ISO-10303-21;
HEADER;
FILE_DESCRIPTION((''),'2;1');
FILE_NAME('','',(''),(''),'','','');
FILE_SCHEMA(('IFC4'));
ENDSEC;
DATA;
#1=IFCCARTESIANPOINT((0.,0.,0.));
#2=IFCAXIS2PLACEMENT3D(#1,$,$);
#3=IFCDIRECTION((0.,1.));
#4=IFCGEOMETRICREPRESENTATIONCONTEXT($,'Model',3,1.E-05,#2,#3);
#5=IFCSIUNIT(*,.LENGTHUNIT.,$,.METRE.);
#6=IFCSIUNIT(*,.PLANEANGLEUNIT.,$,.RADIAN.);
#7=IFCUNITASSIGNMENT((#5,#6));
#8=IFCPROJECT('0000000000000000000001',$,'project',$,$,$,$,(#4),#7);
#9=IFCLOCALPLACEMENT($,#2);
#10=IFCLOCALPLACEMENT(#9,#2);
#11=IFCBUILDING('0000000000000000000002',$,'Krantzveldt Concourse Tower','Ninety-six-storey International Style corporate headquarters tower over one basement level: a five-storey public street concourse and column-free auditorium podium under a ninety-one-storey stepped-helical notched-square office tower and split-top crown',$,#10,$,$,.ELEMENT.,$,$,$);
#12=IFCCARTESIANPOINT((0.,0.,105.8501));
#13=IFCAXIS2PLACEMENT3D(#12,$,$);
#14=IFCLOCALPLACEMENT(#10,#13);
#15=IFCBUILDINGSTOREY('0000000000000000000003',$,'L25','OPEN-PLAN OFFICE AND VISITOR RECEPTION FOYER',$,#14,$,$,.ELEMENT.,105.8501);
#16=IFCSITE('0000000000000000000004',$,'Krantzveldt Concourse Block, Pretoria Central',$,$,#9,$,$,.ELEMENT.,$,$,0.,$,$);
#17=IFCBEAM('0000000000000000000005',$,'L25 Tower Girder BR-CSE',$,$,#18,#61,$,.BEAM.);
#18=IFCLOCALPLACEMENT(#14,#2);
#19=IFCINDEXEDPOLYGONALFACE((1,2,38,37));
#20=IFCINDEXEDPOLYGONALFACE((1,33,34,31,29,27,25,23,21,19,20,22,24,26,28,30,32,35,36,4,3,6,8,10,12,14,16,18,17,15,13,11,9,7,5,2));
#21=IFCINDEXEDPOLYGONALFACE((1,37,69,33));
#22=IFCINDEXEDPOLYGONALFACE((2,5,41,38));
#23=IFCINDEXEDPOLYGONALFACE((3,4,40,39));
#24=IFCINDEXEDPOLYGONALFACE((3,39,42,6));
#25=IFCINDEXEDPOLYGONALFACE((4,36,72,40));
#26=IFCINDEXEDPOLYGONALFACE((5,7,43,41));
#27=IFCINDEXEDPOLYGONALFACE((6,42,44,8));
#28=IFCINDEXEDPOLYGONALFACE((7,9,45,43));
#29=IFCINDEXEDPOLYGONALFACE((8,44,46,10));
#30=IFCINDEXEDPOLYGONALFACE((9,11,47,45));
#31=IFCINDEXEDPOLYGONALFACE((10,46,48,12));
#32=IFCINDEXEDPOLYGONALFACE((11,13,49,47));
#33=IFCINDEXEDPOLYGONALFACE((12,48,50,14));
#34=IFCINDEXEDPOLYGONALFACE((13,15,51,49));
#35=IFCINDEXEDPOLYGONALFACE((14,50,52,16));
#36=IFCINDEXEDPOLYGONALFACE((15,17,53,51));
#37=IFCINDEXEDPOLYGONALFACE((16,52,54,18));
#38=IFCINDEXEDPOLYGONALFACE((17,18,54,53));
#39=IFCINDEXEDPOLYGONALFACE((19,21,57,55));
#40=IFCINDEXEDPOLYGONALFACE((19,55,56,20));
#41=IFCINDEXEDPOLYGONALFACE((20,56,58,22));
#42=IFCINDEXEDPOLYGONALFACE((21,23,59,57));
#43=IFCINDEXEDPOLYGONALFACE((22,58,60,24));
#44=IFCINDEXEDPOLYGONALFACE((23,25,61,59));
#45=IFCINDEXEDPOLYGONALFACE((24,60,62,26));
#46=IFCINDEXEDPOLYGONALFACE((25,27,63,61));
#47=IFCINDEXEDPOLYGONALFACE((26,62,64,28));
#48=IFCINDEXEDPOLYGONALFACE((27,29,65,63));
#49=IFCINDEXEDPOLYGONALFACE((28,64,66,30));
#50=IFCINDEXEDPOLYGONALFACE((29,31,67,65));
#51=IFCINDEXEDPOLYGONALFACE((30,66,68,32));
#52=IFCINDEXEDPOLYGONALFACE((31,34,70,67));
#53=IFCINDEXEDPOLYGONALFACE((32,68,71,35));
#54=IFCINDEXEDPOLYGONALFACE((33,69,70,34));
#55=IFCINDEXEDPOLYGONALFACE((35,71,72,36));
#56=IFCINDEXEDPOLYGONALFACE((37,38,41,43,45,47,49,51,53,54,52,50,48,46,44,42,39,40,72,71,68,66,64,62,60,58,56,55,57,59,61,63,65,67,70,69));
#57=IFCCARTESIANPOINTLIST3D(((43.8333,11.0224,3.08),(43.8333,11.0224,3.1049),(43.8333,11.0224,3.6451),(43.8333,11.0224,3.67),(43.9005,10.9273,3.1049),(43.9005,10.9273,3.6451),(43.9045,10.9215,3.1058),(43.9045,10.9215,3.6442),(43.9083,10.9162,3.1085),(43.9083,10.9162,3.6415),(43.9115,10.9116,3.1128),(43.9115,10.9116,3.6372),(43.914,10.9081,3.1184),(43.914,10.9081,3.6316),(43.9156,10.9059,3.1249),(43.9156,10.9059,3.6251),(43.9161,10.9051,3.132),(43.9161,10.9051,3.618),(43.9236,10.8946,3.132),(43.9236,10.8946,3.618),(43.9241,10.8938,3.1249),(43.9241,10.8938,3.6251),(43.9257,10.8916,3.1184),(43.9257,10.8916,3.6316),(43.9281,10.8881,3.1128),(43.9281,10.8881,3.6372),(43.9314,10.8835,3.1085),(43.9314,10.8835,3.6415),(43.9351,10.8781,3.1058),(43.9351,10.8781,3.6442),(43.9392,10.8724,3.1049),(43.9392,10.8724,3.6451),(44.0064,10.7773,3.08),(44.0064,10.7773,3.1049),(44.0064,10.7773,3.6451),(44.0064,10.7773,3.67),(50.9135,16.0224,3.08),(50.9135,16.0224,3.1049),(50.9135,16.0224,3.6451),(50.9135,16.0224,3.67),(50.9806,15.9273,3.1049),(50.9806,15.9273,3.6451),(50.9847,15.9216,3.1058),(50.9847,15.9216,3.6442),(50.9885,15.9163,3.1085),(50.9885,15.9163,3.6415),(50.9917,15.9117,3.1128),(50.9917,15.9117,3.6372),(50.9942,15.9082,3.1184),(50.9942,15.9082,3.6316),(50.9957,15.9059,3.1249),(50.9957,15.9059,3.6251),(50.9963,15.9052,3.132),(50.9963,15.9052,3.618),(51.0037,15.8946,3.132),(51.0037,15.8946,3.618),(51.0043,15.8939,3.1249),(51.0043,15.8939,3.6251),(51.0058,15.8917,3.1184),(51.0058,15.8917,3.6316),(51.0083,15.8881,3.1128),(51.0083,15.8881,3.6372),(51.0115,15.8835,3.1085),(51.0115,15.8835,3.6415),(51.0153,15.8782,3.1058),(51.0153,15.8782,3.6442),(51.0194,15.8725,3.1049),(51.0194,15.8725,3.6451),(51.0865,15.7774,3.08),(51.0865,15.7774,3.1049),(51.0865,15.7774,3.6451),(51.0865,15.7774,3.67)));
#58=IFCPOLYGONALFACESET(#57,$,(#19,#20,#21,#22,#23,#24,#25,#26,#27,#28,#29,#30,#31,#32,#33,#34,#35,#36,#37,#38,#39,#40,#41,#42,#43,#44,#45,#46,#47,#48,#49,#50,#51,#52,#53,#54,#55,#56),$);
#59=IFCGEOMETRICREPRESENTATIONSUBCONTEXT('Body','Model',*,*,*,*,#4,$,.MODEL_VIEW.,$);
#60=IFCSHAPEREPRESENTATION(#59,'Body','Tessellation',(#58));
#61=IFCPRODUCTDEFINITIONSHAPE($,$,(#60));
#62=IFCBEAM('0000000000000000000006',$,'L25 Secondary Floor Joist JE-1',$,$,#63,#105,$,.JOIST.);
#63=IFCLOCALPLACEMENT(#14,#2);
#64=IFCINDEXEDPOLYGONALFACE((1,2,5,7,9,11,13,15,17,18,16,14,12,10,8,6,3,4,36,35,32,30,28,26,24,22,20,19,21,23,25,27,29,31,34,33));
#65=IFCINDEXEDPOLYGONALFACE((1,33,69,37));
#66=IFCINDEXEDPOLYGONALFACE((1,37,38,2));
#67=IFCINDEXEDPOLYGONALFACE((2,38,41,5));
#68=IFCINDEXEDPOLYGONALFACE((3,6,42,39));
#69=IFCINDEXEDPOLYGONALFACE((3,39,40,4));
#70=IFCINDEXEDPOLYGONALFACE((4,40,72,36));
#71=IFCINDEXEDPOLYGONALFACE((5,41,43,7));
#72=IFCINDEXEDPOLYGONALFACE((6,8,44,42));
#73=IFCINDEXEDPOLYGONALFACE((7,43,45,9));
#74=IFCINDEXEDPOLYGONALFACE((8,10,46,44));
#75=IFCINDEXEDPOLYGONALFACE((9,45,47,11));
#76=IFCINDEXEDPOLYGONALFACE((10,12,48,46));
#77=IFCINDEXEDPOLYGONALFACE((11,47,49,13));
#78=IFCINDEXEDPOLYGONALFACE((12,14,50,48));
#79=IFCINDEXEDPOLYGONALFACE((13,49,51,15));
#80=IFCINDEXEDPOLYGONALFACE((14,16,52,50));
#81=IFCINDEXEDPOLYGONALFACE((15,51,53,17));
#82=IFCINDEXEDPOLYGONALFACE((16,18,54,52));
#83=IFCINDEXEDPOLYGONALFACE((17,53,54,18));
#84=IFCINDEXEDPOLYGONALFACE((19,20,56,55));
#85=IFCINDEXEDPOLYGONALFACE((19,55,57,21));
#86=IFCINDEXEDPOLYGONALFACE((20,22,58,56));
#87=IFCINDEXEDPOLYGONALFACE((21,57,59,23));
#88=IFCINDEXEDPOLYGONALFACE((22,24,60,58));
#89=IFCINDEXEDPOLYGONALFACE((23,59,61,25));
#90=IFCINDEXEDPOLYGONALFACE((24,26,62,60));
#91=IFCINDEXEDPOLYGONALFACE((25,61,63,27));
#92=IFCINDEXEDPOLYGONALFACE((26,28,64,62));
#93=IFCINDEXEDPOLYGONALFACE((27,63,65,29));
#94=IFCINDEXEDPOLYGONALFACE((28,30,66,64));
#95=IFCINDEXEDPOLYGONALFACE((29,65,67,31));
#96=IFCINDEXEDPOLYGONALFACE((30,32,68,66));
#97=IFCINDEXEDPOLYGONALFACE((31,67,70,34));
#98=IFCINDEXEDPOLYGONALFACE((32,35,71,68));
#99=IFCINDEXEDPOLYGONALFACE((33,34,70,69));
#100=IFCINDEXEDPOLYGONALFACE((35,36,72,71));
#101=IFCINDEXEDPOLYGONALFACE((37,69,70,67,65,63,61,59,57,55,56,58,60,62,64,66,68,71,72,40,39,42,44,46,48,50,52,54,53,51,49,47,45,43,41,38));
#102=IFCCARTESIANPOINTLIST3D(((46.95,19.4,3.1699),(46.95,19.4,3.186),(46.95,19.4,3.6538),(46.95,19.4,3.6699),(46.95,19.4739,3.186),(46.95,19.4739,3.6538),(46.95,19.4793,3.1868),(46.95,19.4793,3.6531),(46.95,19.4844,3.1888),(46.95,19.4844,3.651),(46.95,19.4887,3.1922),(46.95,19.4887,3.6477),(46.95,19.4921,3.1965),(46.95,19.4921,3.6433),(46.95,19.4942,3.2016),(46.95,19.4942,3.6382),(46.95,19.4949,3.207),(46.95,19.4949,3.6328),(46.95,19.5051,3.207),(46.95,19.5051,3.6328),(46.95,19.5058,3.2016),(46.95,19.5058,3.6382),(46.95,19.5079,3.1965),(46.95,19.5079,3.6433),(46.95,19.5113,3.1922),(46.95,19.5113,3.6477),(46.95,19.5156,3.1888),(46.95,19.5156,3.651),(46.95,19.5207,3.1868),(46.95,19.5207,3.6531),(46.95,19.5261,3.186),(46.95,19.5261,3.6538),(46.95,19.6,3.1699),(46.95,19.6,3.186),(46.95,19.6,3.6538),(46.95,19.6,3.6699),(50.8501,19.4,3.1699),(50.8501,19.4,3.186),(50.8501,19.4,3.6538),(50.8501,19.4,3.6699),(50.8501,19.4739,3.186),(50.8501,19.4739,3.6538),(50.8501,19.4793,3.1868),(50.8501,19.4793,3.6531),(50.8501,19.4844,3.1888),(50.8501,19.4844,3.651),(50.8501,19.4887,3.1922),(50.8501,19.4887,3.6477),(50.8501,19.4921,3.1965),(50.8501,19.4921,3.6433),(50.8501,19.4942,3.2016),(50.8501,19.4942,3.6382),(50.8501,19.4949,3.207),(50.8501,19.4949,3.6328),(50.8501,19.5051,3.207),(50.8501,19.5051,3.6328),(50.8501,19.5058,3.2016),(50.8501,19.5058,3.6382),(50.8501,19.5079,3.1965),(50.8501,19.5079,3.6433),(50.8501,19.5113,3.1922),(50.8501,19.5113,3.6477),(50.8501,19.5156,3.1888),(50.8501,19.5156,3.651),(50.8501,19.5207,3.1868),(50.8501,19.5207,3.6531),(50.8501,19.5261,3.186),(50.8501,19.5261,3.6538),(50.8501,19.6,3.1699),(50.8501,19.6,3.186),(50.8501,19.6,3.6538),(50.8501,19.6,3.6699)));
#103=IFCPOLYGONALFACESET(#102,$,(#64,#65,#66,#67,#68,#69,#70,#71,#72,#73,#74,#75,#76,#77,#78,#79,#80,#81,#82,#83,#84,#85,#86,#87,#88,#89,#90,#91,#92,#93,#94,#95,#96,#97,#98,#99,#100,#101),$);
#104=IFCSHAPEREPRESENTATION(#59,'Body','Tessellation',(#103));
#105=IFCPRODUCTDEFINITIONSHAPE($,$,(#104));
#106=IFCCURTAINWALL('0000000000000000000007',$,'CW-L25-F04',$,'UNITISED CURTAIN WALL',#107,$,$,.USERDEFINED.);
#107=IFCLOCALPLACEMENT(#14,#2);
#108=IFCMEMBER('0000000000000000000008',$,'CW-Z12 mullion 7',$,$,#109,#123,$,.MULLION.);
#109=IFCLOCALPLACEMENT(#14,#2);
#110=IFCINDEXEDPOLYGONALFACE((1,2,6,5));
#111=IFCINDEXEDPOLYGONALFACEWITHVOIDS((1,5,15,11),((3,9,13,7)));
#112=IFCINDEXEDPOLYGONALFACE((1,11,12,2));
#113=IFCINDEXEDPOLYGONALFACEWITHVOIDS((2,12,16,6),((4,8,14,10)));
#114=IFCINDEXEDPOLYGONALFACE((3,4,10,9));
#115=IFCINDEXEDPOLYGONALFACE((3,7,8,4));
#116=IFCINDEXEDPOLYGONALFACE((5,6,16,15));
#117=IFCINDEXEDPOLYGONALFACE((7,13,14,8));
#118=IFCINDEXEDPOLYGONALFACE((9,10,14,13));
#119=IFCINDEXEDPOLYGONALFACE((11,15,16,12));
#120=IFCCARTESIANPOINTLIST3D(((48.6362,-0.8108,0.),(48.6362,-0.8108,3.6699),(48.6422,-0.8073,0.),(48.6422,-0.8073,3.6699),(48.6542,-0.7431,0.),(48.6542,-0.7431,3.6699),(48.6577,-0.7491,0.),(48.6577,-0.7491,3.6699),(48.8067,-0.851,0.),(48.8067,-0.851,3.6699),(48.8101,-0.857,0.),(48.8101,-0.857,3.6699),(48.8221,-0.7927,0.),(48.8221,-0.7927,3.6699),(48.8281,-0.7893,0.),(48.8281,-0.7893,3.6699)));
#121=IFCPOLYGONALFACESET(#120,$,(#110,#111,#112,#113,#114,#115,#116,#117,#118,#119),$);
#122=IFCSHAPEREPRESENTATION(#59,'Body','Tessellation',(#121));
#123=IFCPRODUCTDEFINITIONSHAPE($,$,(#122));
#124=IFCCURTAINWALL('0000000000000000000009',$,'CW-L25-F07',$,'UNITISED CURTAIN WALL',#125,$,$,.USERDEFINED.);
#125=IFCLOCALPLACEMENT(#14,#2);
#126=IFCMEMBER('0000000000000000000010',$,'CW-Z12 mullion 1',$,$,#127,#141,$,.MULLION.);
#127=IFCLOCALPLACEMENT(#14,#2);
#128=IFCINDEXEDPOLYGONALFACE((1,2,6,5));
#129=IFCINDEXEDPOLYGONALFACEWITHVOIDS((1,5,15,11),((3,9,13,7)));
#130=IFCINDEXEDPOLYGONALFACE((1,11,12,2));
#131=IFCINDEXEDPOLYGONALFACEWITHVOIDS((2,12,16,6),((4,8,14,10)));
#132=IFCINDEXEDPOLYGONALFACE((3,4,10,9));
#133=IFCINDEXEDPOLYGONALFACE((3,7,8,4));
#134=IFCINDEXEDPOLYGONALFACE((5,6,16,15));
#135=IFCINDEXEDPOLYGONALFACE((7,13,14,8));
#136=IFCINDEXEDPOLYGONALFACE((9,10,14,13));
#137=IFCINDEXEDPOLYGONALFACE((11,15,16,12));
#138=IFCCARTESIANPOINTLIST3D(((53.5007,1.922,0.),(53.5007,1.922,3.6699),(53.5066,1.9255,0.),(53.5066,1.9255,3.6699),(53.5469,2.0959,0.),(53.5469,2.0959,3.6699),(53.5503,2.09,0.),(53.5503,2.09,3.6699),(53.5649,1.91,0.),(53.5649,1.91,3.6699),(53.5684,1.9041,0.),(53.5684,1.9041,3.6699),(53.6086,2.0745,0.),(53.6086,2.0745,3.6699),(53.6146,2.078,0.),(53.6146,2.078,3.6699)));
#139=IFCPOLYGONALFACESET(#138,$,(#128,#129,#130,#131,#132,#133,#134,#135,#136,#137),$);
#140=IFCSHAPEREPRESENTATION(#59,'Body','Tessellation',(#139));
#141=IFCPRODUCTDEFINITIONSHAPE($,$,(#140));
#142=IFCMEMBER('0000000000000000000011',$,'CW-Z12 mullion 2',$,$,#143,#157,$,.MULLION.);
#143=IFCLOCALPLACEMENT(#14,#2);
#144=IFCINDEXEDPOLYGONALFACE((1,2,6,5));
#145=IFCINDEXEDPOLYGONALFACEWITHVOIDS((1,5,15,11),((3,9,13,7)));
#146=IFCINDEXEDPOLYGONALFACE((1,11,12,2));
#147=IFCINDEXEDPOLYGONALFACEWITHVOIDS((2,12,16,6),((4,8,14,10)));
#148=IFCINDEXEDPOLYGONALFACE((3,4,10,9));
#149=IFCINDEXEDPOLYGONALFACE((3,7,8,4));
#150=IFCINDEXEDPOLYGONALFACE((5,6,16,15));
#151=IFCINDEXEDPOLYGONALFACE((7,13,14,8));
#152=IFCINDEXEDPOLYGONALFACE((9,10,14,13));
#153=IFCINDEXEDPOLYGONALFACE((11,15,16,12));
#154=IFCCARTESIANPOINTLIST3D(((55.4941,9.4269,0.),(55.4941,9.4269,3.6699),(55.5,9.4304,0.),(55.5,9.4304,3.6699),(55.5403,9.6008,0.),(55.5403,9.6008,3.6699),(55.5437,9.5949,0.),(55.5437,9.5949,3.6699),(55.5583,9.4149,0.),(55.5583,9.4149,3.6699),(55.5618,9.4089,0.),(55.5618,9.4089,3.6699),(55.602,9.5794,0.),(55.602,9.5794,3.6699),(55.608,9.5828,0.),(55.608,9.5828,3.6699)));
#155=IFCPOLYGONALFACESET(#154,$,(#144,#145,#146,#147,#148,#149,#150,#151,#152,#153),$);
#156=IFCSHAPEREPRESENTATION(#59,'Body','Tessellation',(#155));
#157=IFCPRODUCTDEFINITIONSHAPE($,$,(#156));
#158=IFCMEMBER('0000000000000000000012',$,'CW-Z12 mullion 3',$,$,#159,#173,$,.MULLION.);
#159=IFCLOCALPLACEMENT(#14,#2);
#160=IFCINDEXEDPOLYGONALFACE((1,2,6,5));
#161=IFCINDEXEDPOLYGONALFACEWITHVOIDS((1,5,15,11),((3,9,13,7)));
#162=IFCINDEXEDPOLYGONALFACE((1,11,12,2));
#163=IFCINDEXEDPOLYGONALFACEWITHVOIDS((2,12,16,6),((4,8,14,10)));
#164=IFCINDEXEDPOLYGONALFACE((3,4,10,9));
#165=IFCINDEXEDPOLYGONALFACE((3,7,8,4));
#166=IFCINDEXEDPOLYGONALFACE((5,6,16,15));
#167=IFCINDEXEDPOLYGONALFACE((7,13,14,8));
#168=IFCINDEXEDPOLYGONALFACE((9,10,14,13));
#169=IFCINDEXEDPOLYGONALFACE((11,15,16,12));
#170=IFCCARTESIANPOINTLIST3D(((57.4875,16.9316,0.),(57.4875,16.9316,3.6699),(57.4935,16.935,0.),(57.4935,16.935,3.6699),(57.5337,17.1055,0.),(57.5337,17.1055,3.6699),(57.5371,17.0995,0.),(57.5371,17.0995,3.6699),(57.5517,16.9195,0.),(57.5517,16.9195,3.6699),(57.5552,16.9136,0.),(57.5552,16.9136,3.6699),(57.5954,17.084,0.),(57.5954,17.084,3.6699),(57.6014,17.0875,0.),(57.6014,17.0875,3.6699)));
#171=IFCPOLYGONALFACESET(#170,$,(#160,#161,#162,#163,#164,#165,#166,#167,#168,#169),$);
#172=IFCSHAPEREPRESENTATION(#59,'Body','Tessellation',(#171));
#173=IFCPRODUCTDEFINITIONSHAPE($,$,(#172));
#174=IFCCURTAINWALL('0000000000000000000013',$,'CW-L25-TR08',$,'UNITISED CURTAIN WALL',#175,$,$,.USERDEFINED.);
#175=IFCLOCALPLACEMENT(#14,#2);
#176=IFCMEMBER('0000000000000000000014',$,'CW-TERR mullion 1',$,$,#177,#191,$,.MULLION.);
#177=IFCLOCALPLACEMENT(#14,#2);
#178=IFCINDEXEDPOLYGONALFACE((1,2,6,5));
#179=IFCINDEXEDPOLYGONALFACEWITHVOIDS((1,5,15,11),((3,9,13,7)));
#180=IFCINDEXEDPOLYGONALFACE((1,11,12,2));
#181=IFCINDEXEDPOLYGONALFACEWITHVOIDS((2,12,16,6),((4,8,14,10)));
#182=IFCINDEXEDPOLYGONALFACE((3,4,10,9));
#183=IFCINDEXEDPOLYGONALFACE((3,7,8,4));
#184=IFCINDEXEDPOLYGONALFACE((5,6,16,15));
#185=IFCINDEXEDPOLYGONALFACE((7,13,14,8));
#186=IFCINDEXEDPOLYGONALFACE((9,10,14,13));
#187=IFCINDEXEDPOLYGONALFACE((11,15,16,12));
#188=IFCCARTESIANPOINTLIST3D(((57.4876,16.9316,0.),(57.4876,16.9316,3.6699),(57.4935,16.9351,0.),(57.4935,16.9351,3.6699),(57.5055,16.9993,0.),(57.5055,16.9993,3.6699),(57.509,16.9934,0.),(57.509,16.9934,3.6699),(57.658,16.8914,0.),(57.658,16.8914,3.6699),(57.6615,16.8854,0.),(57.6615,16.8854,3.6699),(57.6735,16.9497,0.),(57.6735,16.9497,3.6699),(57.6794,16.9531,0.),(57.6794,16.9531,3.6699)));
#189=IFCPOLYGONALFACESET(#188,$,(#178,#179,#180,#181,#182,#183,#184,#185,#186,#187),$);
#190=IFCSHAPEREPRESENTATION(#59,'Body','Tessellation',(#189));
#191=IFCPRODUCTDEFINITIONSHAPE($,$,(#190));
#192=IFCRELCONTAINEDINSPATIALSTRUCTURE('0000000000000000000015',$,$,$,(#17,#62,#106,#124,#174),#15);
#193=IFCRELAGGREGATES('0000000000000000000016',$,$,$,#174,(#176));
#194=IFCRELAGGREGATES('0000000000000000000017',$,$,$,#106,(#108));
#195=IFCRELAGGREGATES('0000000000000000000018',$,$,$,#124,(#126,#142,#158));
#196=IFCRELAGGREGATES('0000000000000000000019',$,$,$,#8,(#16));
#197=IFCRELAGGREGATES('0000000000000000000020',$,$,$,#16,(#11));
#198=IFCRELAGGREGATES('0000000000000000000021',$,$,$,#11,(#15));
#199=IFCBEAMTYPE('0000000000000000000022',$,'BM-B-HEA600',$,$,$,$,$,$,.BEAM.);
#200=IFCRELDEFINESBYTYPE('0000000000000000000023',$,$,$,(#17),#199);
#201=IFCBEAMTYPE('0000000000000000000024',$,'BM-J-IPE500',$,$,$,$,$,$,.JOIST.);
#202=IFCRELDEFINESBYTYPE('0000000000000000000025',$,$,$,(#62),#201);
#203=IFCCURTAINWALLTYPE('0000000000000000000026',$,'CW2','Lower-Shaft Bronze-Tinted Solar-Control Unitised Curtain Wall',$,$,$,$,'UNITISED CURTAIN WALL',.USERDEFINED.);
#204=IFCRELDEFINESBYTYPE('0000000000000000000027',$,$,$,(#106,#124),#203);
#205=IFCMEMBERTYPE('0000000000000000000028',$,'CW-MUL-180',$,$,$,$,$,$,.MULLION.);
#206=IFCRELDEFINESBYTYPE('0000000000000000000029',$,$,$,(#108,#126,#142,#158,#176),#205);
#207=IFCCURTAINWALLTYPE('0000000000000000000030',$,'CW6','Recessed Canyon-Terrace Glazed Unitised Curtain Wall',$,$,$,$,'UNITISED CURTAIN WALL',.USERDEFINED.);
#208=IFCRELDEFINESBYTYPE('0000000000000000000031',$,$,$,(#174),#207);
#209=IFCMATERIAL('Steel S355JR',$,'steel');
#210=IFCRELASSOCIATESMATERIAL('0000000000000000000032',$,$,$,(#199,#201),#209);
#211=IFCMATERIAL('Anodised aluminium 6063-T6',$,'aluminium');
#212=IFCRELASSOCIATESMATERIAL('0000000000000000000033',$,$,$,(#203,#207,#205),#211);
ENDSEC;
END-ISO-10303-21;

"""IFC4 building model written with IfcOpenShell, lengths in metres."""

from ifc_helpers import new_model, si_unit, direction, frame, origin, origin_2d, place, context, subcontext, project, spatial, hollow_rectangle, i_section, extrude, source, transform, mapped, material, material_profile, profile_set, type_object, type_shapes, element, aggregate, save


model = new_model("IFC4")

# Units and contexts
model_context = context("Model", 3, precision=1e-05, world=origin(), true_north=direction((0.0, 1.0)))
body_context = subcontext(model_context, "Body", "Model", "MODEL_VIEW")
ifc_project = project(units=[si_unit("LENGTHUNIT", "METRE"), si_unit("PLANEANGLEUNIT", "RADIAN")], contexts=[model_context])

# Site, building, storey
site_placement = place(None, origin())
site = spatial("IfcSite", under=ifc_project, at=site_placement, Name="Krantzveldt Concourse Block, Pretoria Central", CompositionType="ELEMENT", RefElevation=0.0)
building_placement = place(site_placement, origin())
building = spatial("IfcBuilding", under=site, at=building_placement, Name="Krantzveldt Concourse Tower", Description="Ninety-six-storey International Style corporate headquarters tower over one basement level: a five-storey public street concourse and column-free auditorium podium under a ninety-one-storey stepped-helical notched-square office tower and split-top crown", CompositionType="ELEMENT")
storey_placement = place(building_placement, frame((0.0, 0.0, 105.8501)))
storey = spatial("IfcBuildingStorey", under=building, at=storey_placement, Name="L25", Description="OPEN-PLAN OFFICE AND VISITOR RECEPTION FOYER", CompositionType="ELEMENT", Elevation=105.8501)

# Beams
ifc_material_1 = material(Name="Steel S355JR", Category="steel")
ifc_material_profile_1 = material_profile(ifc_material_1, i_section(OverallWidth=0.3, OverallDepth=0.5901, WebThickness=0.0129, FlangeThickness=0.0249, FilletRadius=0.0271, at=origin_2d()), Name="Steel S355JR", Category="steel")
ifc_profile_set_1 = profile_set([ifc_material_profile_1], Name="Steel S355JR - HEA 600")
beam_type_1 = type_object("IfcBeamType", Name="BM-B-HEA600", PredefinedType="BEAM", material=ifc_profile_set_1)
shared_shape_1 = source(origin(), body_context, "Body", "SweptSolid", [
    extrude(i_section(OverallWidth=0.3, OverallDepth=0.5901, WebThickness=0.0129, FlangeThickness=0.0249, FilletRadius=0.0271, at=origin_2d()), origin(), (0.0, 0.0, 1.0), 8.6677),
])
beam_1_placement = place(storey_placement, frame((51.0, 15.8999, 3.375), z_axis=(-0.816843, -0.57686, 0.0), x_axis=(0.57686, -0.816843, 0.0)))
element("IfcBeam", 1, at=beam_1_placement, inside=storey, type_object=beam_type_1, Name="L25 Tower Girder BR-CSE", PredefinedType="BEAM", context=body_context, shape_type="MappedRepresentation", body=[
    mapped(shared_shape_1, transform((0.0, 0.0, 0.0), x_axis=(1.0, 0.0, 0.0), y_axis=(0.0, 1.0, 0.0), z_axis=(0.0, 0.0, 1.0), scale=1.0)),
])
ifc_material_profile_2 = material_profile(ifc_material_1, i_section(OverallWidth=0.2, OverallDepth=0.5, WebThickness=0.0103, FlangeThickness=0.0161, FilletRadius=0.021, at=origin_2d()), Name="Steel S355JR", Category="steel")
ifc_profile_set_2 = profile_set([ifc_material_profile_2], Name="Steel S355JR - IPE 500")
beam_type_2 = type_object("IfcBeamType", Name="BM-J-IPE500", PredefinedType="JOIST", material=ifc_profile_set_2)
shared_shape_2 = source(origin(), body_context, "Body", "SweptSolid", [
    extrude(i_section(OverallWidth=0.2, OverallDepth=0.5, WebThickness=0.0103, FlangeThickness=0.0161, FilletRadius=0.021, at=origin_2d()), origin(), (0.0, 0.0, 1.0), 3.9001),
])
type_shapes(beam_type_2, [shared_shape_2])
beam_2_placement = place(storey_placement, frame((46.95, 19.5, 3.4199), z_axis=(1.0, 0.0, 0.0), x_axis=(0.0, 1.0, 0.0)))
element("IfcBeam", 2, at=beam_2_placement, inside=storey, type_object=beam_type_2, Name="L25 Secondary Floor Joist JE-1", PredefinedType="JOIST", context=body_context, shape_type="MappedRepresentation", body=[
    mapped(shared_shape_2, transform((0.0, 0.0, 0.0), x_axis=(1.0, 0.0, 0.0), y_axis=(0.0, 1.0, 0.0), z_axis=(0.0, 0.0, 1.0), scale=1.0)),
])

# Curtain wall, member
ifc_material_2 = material(Name="Anodised aluminium 6063-T6", Category="aluminium")
curtain_wall_type_1 = type_object("IfcCurtainWallType", Name="CW2", Description="Lower-Shaft Bronze-Tinted Solar-Control Unitised Curtain Wall", ElementType="UNITISED CURTAIN WALL", PredefinedType="USERDEFINED", material=ifc_material_2)
curtain_wall_1_placement = place(storey_placement, origin())
curtain_wall_1 = element("IfcCurtainWall", 3, at=curtain_wall_1_placement, inside=storey, type_object=curtain_wall_type_1, Name="CW-L25-F04", ObjectType="UNITISED CURTAIN WALL", PredefinedType="USERDEFINED")
ifc_material_profile_3 = material_profile(ifc_material_2, hollow_rectangle(XDim=0.0701, YDim=0.1799, WallThickness=0.0049, at=origin_2d()), Name="Anodised aluminium 6063-T6", Category="aluminium")
ifc_profile_set_3 = profile_set([ifc_material_profile_3], Name="Anodised aluminium 6063-T6 - ALU-MULL 180x70x5")
member_type_1 = type_object("IfcMemberType", Name="CW-MUL-180", PredefinedType="MULLION", material=ifc_profile_set_3)
shared_shape_3 = source(origin(), body_context, "Body", "SweptSolid", [
    extrude(hollow_rectangle(XDim=0.0701, YDim=0.1799, WallThickness=0.0049, at=origin_2d()), origin(), (0.0, 0.0, 1.0), 3.6699),
])
type_shapes(member_type_1, [shared_shape_3])
member_1_placement = place(storey_placement, frame((48.7322, -0.8, 0.0), z_axis=(0.0, 0.0, 1.0), x_axis=(0.256711, 0.966488, 0.0)))
member_1 = element("IfcMember", 4, at=member_1_placement, type_object=member_type_1, Name="CW-Z12 mullion 7", PredefinedType="MULLION", context=body_context, shape_type="MappedRepresentation", body=[
    mapped(shared_shape_3, transform((0.0, 0.0, 0.0), x_axis=(1.0, 0.0, 0.0), y_axis=(0.0, 1.0, 0.0), z_axis=(0.0, 0.0, 1.0), scale=1.0)),
])

# Curtain walls, members
curtain_wall_2_placement = place(storey_placement, origin())
curtain_wall_2 = element("IfcCurtainWall", 5, at=curtain_wall_2_placement, inside=storey, type_object=curtain_wall_type_1, Name="CW-L25-F07", ObjectType="UNITISED CURTAIN WALL", PredefinedType="USERDEFINED")
member_2_placement = place(storey_placement, frame((53.5576, 2.0, 0.0), z_axis=(0.0, 0.0, 1.0), x_axis=(-0.966488, 0.256711, 0.0)))
member_2 = element("IfcMember", 6, at=member_2_placement, type_object=member_type_1, Name="CW-Z12 mullion 1", PredefinedType="MULLION", context=body_context, shape_type="MappedRepresentation", body=[
    mapped(shared_shape_3, transform((0.0, 0.0, 0.0), x_axis=(1.0, 0.0, 0.0), y_axis=(0.0, 1.0, 0.0), z_axis=(0.0, 0.0, 1.0), scale=1.0)),
])
member_3_placement = place(storey_placement, frame((55.551, 9.5049, 0.0), z_axis=(0.0, 0.0, 1.0), x_axis=(-0.966488, 0.256711, 0.0)))
member_3 = element("IfcMember", 7, at=member_3_placement, type_object=member_type_1, Name="CW-Z12 mullion 2", PredefinedType="MULLION", context=body_context, shape_type="MappedRepresentation", body=[
    mapped(shared_shape_3, transform((0.0, 0.0, 0.0), x_axis=(1.0, 0.0, 0.0), y_axis=(0.0, 1.0, 0.0), z_axis=(0.0, 0.0, 1.0), scale=1.0)),
])
member_4_placement = place(storey_placement, frame((57.5444, 17.0095, 0.0), z_axis=(0.0, 0.0, 1.0), x_axis=(-0.966488, 0.256711, 0.0)))
member_4 = element("IfcMember", 8, at=member_4_placement, type_object=member_type_1, Name="CW-Z12 mullion 3", PredefinedType="MULLION", context=body_context, shape_type="MappedRepresentation", body=[
    mapped(shared_shape_3, transform((0.0, 0.0, 0.0), x_axis=(1.0, 0.0, 0.0), y_axis=(0.0, 1.0, 0.0), z_axis=(0.0, 0.0, 1.0), scale=1.0)),
])
curtain_wall_type_2 = type_object("IfcCurtainWallType", Name="CW6", Description="Recessed Canyon-Terrace Glazed Unitised Curtain Wall", ElementType="UNITISED CURTAIN WALL", PredefinedType="USERDEFINED", material=ifc_material_2)
curtain_wall_3_placement = place(storey_placement, origin())
curtain_wall_3 = element("IfcCurtainWall", 9, at=curtain_wall_3_placement, inside=storey, type_object=curtain_wall_type_2, Name="CW-L25-TR08", ObjectType="UNITISED CURTAIN WALL", PredefinedType="USERDEFINED")
member_5_placement = place(storey_placement, frame((57.5835, 16.9424, 0.0), z_axis=(0.0, 0.0, 1.0), x_axis=(-0.256714, -0.966487, 0.0)))
member_5 = element("IfcMember", 10, at=member_5_placement, type_object=member_type_1, Name="CW-TERR mullion 1", PredefinedType="MULLION", context=body_context, shape_type="MappedRepresentation", body=[
    mapped(shared_shape_3, transform((0.0, 0.0, 0.0), x_axis=(1.0, 0.0, 0.0), y_axis=(0.0, 1.0, 0.0), z_axis=(0.0, 0.0, 1.0), scale=1.0)),
])

aggregate(curtain_wall_3, [member_5])
aggregate(curtain_wall_1, [member_1])
aggregate(curtain_wall_2, [member_2, member_3, member_4])

save(model, "model.ifc")
